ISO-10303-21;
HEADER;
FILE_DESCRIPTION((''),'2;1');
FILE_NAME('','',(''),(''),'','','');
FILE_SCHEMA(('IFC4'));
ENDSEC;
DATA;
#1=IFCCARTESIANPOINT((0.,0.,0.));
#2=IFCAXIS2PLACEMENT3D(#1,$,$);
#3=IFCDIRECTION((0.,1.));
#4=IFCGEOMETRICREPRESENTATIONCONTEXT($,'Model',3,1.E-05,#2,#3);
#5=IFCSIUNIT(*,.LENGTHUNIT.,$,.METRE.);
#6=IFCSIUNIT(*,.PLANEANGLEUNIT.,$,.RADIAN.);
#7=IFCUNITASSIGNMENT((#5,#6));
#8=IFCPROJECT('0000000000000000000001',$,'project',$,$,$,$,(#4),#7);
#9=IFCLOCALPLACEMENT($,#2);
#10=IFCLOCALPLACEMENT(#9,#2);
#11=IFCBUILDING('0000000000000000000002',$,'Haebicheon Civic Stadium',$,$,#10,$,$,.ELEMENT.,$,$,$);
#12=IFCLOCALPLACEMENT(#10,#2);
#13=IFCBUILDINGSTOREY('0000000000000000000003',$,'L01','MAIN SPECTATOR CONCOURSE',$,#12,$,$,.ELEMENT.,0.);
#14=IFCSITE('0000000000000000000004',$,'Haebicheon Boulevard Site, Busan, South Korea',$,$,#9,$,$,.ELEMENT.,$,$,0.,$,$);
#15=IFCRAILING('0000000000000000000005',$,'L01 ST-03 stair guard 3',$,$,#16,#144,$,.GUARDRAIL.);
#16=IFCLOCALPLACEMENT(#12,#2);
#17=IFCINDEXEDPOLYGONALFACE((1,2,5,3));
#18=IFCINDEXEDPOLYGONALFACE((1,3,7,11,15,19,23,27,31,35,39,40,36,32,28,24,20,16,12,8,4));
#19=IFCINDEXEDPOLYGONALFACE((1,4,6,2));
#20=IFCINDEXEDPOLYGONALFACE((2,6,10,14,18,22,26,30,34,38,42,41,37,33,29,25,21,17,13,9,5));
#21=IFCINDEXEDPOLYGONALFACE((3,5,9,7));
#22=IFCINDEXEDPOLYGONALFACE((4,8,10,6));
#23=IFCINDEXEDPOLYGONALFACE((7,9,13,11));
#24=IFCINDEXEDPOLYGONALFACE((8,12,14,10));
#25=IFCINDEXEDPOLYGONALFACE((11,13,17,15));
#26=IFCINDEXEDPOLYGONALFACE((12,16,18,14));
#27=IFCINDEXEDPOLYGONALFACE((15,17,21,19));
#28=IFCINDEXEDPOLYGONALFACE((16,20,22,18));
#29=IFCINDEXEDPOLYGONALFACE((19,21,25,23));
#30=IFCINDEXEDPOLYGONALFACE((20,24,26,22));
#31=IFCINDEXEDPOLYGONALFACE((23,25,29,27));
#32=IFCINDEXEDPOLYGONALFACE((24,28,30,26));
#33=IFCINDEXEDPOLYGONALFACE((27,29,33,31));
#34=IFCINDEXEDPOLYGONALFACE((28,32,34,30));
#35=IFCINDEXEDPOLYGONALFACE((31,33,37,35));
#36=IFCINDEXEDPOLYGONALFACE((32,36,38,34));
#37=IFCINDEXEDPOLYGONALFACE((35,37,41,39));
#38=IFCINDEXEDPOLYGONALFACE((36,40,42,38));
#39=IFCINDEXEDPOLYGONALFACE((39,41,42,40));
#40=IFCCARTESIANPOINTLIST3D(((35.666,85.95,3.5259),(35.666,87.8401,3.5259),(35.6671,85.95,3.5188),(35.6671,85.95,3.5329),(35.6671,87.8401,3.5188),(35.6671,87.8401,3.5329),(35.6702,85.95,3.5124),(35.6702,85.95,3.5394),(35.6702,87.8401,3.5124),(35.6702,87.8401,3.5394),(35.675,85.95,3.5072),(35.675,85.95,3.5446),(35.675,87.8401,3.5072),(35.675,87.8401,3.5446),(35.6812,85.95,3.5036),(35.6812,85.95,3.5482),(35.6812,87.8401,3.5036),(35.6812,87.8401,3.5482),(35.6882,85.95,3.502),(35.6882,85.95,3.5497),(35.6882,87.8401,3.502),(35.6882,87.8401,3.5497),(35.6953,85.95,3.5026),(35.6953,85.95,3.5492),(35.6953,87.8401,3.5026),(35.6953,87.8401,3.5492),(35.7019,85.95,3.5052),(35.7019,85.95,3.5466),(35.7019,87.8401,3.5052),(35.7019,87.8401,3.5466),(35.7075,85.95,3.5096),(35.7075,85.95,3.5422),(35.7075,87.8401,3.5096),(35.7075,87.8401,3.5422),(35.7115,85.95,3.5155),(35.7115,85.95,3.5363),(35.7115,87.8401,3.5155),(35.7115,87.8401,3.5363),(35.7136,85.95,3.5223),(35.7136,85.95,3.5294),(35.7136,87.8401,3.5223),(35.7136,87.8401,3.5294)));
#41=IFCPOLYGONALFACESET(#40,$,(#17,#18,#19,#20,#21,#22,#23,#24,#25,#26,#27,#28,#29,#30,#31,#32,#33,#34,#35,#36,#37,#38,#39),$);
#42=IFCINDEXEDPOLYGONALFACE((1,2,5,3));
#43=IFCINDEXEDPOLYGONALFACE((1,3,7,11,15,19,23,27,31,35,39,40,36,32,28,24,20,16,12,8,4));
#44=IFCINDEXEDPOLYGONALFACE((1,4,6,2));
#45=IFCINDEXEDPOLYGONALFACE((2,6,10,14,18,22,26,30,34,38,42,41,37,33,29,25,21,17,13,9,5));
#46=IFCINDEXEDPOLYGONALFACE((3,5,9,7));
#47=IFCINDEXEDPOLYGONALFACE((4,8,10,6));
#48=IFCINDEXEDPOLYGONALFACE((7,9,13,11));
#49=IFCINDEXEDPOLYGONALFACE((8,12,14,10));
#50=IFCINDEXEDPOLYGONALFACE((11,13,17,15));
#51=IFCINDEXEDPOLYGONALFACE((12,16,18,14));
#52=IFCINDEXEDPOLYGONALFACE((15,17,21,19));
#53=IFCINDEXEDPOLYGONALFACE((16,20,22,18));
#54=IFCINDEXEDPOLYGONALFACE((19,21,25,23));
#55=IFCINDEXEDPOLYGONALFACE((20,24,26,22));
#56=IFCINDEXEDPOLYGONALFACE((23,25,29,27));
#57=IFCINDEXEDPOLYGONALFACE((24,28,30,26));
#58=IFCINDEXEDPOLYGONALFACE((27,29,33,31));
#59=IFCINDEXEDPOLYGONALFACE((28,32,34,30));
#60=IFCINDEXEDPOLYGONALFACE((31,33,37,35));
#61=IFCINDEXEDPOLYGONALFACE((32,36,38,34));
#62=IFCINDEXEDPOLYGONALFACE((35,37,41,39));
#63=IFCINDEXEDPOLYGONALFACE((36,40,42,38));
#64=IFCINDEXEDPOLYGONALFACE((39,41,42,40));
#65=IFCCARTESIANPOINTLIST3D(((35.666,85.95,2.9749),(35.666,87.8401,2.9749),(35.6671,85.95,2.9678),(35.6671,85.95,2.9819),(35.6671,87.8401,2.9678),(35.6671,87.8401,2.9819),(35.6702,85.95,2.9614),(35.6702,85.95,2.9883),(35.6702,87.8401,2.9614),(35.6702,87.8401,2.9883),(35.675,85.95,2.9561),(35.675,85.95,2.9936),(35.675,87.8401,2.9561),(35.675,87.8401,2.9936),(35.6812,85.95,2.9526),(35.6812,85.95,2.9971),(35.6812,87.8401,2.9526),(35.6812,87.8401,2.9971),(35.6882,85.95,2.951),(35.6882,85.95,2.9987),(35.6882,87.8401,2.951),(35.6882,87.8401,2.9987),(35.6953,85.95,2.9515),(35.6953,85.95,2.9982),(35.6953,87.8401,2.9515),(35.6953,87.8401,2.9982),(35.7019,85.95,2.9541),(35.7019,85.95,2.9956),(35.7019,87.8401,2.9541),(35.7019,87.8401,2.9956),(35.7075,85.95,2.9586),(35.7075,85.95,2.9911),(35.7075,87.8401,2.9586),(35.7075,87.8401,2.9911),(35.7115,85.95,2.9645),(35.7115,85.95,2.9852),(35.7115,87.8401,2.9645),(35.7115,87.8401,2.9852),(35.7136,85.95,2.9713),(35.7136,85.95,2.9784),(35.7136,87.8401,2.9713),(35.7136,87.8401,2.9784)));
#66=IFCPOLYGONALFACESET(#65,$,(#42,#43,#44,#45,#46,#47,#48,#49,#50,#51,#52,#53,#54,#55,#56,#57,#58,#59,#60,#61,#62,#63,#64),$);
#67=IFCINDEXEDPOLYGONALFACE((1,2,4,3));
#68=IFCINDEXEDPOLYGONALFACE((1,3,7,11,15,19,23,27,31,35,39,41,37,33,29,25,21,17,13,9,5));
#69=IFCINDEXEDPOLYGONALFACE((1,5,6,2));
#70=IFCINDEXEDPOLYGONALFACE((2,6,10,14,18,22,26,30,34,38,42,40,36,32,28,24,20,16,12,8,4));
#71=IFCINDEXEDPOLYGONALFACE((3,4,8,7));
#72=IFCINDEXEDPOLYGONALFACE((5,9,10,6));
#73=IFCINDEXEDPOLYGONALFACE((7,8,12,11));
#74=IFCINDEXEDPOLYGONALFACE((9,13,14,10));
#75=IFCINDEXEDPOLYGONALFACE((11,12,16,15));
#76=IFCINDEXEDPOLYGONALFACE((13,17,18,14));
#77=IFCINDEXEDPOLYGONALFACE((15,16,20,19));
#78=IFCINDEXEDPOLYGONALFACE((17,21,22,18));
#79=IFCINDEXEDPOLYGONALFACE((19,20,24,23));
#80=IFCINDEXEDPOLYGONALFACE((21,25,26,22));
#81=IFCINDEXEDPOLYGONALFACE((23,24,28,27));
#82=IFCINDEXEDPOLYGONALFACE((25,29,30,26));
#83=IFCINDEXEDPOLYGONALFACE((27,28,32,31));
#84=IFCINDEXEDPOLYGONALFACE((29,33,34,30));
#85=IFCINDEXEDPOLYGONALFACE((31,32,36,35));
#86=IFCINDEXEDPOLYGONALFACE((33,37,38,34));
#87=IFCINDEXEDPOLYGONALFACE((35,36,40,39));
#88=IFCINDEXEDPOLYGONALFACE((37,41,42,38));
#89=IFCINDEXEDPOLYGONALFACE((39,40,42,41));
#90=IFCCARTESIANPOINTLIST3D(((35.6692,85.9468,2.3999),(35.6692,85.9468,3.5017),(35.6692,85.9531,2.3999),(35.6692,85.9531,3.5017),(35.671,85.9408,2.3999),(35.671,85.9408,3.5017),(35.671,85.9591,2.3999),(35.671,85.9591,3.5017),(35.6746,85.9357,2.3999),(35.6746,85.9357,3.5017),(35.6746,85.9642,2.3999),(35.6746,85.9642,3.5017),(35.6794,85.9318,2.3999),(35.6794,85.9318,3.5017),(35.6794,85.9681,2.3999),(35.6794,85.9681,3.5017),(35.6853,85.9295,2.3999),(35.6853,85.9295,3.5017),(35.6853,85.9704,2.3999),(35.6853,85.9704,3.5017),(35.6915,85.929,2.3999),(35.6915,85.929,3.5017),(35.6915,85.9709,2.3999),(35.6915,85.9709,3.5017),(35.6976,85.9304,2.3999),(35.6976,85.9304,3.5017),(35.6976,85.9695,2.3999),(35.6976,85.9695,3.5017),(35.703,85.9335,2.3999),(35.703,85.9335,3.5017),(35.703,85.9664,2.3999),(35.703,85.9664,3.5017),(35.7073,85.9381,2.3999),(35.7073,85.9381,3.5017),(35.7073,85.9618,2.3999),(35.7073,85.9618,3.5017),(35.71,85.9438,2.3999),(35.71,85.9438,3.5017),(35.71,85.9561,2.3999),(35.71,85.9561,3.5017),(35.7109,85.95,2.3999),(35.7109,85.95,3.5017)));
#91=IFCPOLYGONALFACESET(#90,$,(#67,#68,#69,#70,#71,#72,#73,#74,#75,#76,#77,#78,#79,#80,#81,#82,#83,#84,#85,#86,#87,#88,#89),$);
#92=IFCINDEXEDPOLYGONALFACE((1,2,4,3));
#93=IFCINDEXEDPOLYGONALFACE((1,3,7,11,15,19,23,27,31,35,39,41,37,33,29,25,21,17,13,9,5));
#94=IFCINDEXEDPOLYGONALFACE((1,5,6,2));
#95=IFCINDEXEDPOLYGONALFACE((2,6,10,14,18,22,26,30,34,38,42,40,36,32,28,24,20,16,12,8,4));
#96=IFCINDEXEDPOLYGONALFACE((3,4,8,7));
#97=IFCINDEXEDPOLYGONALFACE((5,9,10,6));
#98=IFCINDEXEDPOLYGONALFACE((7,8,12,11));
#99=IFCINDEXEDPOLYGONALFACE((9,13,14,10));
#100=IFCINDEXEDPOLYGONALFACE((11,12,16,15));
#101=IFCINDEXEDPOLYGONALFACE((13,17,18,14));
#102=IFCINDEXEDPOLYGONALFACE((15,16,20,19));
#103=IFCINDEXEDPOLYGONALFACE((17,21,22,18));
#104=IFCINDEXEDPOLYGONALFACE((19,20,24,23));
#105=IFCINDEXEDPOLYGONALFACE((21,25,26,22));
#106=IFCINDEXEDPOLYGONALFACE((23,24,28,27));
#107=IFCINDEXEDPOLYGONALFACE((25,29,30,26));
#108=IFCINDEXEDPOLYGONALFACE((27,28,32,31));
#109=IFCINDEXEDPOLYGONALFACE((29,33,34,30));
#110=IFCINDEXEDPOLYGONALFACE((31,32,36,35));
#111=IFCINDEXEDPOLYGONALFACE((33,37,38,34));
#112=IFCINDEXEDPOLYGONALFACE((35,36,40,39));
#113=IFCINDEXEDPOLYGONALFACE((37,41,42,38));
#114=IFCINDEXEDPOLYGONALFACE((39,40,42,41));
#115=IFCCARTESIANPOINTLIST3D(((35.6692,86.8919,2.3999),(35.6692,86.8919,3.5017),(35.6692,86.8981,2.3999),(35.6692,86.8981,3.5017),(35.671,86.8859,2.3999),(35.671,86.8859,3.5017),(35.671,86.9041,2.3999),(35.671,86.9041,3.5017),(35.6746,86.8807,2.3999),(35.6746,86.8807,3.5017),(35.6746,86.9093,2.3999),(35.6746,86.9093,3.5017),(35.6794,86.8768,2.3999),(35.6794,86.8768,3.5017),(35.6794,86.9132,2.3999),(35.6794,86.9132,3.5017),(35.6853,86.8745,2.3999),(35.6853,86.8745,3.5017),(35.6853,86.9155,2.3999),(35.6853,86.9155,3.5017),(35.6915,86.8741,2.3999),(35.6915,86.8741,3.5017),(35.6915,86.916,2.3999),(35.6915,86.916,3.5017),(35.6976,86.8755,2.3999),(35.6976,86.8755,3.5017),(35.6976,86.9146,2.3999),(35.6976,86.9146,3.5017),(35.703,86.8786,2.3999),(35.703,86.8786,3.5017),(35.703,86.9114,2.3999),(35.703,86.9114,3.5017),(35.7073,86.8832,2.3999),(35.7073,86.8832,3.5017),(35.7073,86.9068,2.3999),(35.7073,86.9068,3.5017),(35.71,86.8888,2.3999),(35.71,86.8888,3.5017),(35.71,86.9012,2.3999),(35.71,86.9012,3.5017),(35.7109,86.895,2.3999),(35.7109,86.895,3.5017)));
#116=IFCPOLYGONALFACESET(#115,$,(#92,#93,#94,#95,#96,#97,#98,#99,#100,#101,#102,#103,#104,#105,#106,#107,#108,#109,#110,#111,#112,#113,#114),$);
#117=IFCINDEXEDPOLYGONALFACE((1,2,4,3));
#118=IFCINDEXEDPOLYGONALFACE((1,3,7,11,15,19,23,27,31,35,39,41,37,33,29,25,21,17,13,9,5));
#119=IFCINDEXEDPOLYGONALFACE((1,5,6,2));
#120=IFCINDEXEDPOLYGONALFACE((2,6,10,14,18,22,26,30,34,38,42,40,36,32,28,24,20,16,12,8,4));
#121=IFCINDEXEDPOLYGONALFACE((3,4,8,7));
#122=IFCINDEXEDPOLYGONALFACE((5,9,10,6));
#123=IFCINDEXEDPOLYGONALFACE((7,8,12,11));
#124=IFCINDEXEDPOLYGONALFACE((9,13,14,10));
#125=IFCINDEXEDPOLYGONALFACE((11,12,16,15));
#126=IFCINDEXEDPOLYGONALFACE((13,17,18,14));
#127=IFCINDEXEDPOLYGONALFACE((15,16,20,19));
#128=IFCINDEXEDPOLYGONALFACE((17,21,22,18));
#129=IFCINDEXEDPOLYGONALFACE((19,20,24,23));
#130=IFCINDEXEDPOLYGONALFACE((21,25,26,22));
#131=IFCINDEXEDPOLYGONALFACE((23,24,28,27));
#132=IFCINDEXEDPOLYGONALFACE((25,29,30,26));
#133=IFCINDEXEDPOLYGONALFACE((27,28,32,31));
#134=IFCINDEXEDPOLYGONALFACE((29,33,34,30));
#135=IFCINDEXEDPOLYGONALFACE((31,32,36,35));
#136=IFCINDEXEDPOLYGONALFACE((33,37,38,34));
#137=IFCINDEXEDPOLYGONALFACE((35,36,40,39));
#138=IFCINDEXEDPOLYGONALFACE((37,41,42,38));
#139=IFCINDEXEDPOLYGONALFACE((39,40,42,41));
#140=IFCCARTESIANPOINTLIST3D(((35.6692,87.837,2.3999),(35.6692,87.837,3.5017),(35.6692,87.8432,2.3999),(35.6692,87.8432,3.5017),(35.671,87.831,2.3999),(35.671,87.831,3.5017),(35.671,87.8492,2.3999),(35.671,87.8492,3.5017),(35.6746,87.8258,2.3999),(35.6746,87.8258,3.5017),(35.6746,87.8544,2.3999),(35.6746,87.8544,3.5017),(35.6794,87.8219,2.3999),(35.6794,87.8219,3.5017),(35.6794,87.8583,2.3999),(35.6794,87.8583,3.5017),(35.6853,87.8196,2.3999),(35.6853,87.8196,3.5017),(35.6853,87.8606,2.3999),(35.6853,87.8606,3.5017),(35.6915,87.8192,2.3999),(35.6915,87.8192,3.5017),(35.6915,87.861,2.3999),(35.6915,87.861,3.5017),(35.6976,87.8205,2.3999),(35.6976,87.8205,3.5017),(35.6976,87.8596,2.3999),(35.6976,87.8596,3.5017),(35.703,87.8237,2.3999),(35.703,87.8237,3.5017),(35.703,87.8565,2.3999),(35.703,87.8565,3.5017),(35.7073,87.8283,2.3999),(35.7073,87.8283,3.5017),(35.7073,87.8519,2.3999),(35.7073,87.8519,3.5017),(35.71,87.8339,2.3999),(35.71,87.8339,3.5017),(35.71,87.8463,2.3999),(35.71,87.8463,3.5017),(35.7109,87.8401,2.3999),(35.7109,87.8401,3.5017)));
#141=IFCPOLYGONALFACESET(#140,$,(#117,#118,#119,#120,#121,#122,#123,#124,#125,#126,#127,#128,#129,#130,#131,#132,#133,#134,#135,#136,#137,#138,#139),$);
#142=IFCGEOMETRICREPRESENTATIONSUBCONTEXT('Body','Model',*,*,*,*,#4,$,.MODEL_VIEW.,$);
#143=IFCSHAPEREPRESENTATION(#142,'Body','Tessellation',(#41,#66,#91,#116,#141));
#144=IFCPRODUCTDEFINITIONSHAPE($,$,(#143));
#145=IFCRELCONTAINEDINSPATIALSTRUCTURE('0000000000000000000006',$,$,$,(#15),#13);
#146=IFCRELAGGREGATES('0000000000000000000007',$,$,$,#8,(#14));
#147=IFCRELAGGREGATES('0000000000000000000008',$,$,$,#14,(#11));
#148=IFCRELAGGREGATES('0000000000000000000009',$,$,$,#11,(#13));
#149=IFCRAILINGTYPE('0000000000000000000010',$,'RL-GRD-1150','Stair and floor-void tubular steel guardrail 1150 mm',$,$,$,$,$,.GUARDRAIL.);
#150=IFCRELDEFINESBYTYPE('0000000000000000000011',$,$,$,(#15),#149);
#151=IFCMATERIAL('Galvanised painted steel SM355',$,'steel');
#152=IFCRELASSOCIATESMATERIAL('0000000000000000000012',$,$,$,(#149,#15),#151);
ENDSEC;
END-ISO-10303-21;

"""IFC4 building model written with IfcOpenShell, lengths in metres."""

from ifc_helpers import new_model, si_unit, direction, frame, origin, origin_2d, place, context, subcontext, project, spatial, circle, extrude, material, type_object, element, save


model = new_model("IFC4")

# Units and contexts
model_context = context("Model", 3, precision=1e-05, world=origin(), true_north=direction((0.0, 1.0)))
body_context = subcontext(model_context, "Body", "Model", "MODEL_VIEW")
ifc_project = project(units=[si_unit("LENGTHUNIT", "METRE"), si_unit("PLANEANGLEUNIT", "RADIAN")], contexts=[model_context])

# Site, building, storey
site_placement = place(None, origin())
site = spatial("IfcSite", under=ifc_project, at=site_placement, Name="Haebicheon Boulevard Site, Busan, South Korea", CompositionType="ELEMENT", RefElevation=0.0)
building_placement = place(site_placement, origin())
building = spatial("IfcBuilding", under=site, at=building_placement, Name="Haebicheon Civic Stadium", CompositionType="ELEMENT")
storey_placement = place(building_placement, origin())
storey = spatial("IfcBuildingStorey", under=building, at=storey_placement, Name="L01", Description="MAIN SPECTATOR CONCOURSE", CompositionType="ELEMENT", Elevation=0.0)

# Railing
ifc_material_1 = material(Name="Galvanised painted steel SM355", Category="steel")
railing_type_1 = type_object("IfcRailingType", Name="RL-GRD-1150", Description="Stair and floor-void tubular steel guardrail 1150 mm", PredefinedType="GUARDRAIL", material=ifc_material_1)
for number, where, name in (
    (1, (35.6899, 85.95, 2.3999), "L01 ST-03 stair guard 3"),
):
    element("IfcRailing", number, at=place(storey_placement, frame(where)), inside=storey, type_object=railing_type_1, material=ifc_material_1, Name=name, PredefinedType="GUARDRAIL", context=body_context, shape_type="SweptSolid", body=[
        extrude(circle(Radius=0.0239, at=origin_2d()), frame((0.0, 0.0, 1.126), z_axis=(0.0, 1.0, 0.0), x_axis=(-1.0, 0.0, 0.0)), (0.0, 0.0, 1.0), 1.8901),
        extrude(circle(Radius=0.0239, at=origin_2d()), frame((0.0, 0.0, 0.575), z_axis=(0.0, 1.0, 0.0), x_axis=(-1.0, 0.0, 0.0)), (0.0, 0.0, 1.0), 1.8901),
        extrude(circle(Radius=0.021, at=origin_2d()), origin(), (0.0, 0.0, 1.0), 1.1018),
        extrude(circle(Radius=0.021, at=origin_2d()), frame((0.0, 0.9451, 0.0)), (0.0, 0.0, 1.0), 1.1018),
        extrude(circle(Radius=0.021, at=origin_2d()), frame((0.0, 1.8901, 0.0)), (0.0, 0.0, 1.0), 1.1018),
    ])

save(model, "model.ifc")
